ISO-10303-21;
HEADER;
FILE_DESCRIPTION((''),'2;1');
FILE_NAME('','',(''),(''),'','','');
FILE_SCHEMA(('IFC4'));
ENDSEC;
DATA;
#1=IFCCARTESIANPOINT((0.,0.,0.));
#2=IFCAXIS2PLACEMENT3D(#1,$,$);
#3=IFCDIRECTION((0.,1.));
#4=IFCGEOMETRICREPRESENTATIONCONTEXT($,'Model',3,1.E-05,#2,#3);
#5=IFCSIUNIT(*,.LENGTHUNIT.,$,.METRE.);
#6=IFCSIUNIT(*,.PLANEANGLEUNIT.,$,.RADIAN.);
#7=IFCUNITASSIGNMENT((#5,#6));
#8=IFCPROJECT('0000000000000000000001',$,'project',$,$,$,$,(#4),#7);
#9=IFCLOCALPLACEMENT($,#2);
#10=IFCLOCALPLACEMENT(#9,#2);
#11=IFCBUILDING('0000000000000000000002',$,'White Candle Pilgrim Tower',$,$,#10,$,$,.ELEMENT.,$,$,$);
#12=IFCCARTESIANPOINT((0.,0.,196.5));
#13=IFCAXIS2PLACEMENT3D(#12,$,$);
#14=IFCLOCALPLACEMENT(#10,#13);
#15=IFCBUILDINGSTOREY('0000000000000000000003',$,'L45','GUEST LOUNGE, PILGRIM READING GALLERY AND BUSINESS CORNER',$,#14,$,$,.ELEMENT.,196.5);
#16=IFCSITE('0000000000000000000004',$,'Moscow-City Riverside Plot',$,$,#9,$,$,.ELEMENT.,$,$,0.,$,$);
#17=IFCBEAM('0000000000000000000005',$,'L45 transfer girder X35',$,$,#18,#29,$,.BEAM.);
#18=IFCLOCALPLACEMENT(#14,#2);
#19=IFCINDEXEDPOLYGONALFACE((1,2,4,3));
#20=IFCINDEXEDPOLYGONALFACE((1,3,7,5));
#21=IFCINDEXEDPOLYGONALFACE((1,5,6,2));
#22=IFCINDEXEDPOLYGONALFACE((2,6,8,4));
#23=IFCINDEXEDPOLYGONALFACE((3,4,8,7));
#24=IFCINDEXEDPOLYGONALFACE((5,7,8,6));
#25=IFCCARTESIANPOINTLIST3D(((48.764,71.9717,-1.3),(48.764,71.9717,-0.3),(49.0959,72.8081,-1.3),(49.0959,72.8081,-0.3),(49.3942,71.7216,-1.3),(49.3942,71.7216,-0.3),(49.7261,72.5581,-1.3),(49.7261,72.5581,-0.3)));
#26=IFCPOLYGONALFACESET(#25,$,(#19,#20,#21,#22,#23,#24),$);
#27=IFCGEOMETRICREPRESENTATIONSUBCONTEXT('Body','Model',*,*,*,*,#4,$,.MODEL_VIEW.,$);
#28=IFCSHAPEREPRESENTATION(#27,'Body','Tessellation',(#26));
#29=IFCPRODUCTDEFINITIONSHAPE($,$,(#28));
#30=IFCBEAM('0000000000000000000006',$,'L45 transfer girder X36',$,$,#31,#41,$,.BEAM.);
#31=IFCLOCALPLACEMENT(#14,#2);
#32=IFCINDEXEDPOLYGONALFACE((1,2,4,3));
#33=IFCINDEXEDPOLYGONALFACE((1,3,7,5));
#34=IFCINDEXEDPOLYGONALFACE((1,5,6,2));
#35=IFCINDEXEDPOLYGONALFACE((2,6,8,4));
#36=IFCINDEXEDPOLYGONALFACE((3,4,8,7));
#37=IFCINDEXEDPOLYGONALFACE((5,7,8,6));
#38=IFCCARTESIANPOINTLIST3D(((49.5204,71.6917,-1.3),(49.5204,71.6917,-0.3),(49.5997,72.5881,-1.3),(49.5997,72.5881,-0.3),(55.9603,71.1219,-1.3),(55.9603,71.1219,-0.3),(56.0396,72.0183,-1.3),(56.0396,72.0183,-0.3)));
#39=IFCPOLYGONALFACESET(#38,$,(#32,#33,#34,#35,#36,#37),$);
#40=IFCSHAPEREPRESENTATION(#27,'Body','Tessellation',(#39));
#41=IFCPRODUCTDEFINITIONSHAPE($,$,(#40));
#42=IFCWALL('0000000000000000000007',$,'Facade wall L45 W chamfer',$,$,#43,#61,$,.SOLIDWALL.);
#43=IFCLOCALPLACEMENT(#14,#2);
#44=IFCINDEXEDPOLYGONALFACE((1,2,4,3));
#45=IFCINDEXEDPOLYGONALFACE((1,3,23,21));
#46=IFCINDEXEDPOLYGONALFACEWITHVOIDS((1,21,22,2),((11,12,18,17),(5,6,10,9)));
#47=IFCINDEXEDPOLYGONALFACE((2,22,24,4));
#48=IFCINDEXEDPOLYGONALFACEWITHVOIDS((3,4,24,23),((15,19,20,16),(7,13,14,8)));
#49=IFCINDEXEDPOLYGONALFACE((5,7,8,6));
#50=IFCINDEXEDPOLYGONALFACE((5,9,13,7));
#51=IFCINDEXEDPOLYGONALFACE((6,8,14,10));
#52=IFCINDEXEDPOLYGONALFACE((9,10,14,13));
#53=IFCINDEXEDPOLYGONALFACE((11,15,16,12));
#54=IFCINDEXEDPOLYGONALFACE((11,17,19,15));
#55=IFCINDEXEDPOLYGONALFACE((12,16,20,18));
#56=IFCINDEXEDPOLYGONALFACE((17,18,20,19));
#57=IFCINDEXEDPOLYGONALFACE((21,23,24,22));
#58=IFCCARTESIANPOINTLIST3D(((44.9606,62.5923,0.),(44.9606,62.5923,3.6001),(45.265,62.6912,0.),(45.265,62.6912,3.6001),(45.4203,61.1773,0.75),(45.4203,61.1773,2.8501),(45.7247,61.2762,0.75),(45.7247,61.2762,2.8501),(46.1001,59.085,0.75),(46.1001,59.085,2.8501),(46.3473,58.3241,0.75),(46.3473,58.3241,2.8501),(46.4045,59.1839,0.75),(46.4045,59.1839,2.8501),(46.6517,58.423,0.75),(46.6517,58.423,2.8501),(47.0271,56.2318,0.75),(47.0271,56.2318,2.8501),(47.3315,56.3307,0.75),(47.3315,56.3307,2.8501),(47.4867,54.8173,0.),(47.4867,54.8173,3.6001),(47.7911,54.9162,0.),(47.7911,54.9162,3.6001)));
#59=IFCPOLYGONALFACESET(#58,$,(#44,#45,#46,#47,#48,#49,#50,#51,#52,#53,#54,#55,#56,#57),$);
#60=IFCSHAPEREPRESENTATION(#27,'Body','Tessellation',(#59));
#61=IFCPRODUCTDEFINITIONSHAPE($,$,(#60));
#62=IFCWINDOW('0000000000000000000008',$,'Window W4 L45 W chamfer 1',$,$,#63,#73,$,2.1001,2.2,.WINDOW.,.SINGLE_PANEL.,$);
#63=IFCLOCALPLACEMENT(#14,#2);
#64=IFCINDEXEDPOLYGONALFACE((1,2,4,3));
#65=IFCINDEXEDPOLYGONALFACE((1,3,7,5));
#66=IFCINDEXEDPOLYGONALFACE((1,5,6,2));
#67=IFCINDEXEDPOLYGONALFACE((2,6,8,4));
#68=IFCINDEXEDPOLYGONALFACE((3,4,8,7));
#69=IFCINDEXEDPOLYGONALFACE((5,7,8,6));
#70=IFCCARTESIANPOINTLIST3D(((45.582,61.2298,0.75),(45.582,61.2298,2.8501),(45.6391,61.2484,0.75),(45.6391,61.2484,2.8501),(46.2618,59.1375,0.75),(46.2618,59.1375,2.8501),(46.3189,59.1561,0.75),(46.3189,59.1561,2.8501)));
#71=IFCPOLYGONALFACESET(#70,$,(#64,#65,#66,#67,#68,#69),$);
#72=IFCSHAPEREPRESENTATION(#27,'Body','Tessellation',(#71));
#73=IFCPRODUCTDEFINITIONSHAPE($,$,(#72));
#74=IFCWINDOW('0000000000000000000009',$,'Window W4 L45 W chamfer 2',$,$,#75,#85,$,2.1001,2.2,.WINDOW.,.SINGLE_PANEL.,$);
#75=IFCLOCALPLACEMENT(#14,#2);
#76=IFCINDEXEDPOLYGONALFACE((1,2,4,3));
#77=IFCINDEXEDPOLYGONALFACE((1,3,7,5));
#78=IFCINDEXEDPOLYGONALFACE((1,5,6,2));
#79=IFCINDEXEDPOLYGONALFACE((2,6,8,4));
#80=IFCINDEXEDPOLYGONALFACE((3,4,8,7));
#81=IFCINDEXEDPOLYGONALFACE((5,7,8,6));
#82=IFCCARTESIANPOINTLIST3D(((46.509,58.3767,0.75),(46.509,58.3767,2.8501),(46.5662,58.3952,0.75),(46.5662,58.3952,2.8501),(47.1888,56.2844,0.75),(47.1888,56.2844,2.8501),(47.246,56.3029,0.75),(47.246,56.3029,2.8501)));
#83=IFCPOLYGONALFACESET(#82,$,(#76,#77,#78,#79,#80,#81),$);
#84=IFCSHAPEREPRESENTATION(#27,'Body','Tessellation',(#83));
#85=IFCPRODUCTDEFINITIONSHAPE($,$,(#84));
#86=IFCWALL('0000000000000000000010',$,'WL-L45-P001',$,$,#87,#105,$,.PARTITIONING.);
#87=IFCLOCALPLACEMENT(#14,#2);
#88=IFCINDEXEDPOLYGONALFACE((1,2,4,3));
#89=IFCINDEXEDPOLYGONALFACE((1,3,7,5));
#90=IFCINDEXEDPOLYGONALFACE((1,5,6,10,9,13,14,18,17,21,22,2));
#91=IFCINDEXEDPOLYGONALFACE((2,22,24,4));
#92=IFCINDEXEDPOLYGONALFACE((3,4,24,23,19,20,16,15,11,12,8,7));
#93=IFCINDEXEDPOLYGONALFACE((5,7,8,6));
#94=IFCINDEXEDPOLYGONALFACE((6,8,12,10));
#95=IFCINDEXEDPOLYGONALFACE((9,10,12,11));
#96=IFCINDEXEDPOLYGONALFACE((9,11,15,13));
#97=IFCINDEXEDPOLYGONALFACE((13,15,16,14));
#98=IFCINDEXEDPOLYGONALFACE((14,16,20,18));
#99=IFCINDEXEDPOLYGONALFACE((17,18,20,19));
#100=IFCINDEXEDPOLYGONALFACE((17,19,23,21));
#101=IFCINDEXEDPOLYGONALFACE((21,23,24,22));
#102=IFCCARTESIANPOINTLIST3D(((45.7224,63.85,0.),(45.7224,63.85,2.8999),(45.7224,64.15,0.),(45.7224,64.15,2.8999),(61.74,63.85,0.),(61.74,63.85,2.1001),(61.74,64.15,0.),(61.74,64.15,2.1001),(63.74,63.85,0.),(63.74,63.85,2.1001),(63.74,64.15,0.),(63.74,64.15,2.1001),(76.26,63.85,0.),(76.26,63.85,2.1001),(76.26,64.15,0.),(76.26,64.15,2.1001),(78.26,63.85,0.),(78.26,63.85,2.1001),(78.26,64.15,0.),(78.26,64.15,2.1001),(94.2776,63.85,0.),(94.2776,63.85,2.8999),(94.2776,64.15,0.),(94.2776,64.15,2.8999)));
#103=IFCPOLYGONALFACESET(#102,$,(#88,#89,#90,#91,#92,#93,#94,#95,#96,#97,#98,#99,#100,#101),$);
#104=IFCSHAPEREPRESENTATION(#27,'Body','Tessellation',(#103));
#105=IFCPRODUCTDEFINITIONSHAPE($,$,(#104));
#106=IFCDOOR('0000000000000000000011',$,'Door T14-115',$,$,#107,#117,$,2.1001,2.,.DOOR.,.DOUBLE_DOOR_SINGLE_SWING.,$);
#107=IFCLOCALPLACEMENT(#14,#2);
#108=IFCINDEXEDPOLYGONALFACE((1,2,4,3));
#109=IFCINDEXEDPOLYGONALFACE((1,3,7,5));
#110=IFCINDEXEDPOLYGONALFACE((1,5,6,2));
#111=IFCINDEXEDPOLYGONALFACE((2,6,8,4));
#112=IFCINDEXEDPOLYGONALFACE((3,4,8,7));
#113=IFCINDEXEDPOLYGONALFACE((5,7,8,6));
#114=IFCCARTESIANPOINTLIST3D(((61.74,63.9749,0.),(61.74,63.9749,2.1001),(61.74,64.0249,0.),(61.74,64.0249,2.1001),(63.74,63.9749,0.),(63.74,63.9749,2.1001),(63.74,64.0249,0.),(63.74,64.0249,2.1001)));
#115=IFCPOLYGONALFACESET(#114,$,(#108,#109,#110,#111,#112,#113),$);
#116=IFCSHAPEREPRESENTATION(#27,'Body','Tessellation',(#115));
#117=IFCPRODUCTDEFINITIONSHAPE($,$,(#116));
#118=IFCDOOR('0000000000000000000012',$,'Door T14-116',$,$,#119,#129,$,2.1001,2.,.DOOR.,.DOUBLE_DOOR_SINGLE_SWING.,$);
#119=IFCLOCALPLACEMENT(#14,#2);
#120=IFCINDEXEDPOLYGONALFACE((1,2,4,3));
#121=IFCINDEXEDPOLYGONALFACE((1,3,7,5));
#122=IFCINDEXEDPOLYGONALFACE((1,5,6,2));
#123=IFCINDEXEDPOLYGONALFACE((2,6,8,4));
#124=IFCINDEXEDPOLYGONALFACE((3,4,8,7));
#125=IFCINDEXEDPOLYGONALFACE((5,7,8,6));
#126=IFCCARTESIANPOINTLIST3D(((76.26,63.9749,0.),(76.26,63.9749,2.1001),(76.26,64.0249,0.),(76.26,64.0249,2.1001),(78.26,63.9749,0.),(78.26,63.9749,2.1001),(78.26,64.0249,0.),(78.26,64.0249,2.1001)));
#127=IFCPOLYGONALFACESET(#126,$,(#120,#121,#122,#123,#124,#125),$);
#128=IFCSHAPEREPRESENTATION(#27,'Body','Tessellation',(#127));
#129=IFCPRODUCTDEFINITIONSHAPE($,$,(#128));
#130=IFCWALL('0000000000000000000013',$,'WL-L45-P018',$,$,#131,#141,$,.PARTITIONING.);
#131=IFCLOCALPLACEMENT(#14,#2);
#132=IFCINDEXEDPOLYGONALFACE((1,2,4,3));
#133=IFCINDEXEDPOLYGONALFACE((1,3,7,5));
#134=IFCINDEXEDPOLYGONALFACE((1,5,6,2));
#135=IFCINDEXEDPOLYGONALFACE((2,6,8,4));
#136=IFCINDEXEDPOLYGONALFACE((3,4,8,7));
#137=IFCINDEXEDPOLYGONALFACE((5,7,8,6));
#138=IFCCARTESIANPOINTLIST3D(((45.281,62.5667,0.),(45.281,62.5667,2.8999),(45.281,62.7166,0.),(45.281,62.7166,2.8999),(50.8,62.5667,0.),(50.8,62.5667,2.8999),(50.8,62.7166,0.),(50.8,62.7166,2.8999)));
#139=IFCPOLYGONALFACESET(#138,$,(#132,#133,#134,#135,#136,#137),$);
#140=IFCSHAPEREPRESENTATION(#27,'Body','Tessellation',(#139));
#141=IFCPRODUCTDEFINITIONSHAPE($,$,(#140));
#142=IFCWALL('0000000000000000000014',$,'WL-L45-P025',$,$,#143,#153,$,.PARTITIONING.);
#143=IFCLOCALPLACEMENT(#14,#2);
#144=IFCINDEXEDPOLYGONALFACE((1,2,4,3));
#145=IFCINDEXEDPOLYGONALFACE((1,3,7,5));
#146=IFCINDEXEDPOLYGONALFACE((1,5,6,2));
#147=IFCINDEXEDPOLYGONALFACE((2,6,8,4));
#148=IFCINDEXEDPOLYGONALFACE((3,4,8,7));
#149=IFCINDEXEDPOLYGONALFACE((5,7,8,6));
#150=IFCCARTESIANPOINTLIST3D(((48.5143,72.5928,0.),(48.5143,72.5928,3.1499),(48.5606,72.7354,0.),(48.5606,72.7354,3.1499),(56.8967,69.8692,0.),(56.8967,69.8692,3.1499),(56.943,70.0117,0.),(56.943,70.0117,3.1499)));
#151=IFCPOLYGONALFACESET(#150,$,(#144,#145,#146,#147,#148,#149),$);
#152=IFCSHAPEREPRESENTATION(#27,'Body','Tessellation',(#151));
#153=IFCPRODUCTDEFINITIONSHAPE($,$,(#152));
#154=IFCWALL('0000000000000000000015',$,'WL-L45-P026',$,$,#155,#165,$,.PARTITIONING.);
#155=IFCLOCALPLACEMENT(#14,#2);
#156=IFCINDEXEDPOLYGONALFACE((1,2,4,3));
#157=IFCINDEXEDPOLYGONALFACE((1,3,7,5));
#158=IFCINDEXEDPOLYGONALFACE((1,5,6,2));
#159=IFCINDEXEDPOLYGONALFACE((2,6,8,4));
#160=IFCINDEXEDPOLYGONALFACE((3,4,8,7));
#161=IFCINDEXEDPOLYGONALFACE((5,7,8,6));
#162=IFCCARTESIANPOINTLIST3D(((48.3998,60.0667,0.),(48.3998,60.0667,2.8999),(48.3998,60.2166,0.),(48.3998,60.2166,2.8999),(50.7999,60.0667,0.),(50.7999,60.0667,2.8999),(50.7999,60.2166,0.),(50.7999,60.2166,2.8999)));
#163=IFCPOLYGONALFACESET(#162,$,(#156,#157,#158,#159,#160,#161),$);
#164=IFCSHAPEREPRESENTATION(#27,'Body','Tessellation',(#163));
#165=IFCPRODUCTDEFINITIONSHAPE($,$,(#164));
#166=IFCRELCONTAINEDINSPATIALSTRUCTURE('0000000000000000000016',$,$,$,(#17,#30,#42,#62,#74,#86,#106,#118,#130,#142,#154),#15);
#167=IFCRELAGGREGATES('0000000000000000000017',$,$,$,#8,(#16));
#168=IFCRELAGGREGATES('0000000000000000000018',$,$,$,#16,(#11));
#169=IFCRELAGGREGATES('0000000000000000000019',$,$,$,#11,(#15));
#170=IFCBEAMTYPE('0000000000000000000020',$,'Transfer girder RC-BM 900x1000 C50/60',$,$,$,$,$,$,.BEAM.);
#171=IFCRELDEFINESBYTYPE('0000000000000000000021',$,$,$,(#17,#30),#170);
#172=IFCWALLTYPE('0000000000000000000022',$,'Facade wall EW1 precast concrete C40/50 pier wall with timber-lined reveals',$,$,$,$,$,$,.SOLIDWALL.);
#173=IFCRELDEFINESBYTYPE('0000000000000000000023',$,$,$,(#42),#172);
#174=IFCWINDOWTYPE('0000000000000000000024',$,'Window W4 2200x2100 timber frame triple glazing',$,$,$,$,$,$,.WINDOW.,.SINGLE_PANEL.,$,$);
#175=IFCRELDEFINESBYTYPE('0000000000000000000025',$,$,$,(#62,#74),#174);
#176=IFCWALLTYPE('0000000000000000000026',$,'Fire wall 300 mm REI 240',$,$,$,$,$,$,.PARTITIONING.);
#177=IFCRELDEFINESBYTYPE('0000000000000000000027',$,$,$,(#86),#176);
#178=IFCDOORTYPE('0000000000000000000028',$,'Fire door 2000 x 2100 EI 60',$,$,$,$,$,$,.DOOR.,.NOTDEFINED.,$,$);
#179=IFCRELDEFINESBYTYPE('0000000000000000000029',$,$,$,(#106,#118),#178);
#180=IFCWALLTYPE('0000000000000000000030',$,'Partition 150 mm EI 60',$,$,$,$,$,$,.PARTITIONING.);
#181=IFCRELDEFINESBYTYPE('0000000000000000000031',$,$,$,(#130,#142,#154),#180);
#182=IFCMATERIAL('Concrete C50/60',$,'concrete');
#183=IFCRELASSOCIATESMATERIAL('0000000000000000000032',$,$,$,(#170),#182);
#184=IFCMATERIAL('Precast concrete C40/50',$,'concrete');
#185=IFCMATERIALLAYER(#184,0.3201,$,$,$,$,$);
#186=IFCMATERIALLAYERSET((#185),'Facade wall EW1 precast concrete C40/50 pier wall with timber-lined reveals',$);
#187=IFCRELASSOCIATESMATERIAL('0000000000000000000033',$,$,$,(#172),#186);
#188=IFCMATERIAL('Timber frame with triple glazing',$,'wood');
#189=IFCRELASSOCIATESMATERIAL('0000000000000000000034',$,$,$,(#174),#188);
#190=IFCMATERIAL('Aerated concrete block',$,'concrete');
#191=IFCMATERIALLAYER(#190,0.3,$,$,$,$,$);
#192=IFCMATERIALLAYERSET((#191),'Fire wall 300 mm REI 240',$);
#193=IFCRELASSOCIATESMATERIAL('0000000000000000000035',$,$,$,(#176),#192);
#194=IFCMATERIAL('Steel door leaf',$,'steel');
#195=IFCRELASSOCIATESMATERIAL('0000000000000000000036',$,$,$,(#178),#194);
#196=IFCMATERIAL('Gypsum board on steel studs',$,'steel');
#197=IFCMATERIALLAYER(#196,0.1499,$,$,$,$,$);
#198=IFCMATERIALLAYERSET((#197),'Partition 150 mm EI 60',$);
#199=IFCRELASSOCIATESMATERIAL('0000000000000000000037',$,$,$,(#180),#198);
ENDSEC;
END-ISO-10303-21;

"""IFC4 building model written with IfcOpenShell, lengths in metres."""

from ifc_helpers import new_model, si_unit, direction, frame, frame_2d, origin, origin_2d, place, context, subcontext, project, spatial, rectangle, extrude, material, layer, layer_set, material_profile, profile_set, type_object, element, fill, save


model = new_model("IFC4")

# Units and contexts
model_context = context("Model", 3, precision=1e-05, world=origin(), true_north=direction((0.0, 1.0)))
body_context = subcontext(model_context, "Body", "Model", "MODEL_VIEW")
ifc_project = project(units=[si_unit("LENGTHUNIT", "METRE"), si_unit("PLANEANGLEUNIT", "RADIAN")], contexts=[model_context])

# Site, building, storey
site_placement = place(None, origin())
site = spatial("IfcSite", under=ifc_project, at=site_placement, Name="Moscow-City Riverside Plot", CompositionType="ELEMENT", RefElevation=0.0)
building_placement = place(site_placement, origin())
building = spatial("IfcBuilding", under=site, at=building_placement, Name="White Candle Pilgrim Tower", CompositionType="ELEMENT")
storey_placement = place(building_placement, frame((0.0, 0.0, 196.5)))
storey = spatial("IfcBuildingStorey", under=building, at=storey_placement, Name="L45", Description="GUEST LOUNGE, PILGRIM READING GALLERY AND BUSINESS CORNER", CompositionType="ELEMENT", Elevation=196.5)

# Beams
ifc_material_1 = material(Name="Concrete C50/60", Category="concrete")
ifc_material_profile_1 = material_profile(ifc_material_1, rectangle(XDim=0.8999, YDim=1.0, at=origin_2d()), Name="RC-BM 900x1000")
ifc_profile_set_1 = profile_set([ifc_material_profile_1], Name="Concrete C50/60")
beam_type_1 = type_object("IfcBeamType", Name="Transfer girder RC-BM 900x1000 C50/60", PredefinedType="BEAM", material=ifc_profile_set_1)
beam_1_placement = place(storey_placement, frame((48.9299, 72.3899, -0.8), z_axis=(0.929516, -0.368781, 0.0), x_axis=(0.368781, 0.929516, 0.0)))
element("IfcBeam", 1, at=beam_1_placement, inside=storey, type_object=beam_type_1, Name="L45 transfer girder X35", PredefinedType="BEAM", context=body_context, shape_type="SweptSolid", body=[
    extrude(rectangle(XDim=0.8999, YDim=1.0, at=origin_2d()), origin(), (0.0, 0.0, 1.0), 0.678),
])
beam_2_placement = place(storey_placement, frame((49.5601, 72.1399, -0.8), z_axis=(0.996108, -0.088138, 0.0), x_axis=(0.088138, 0.996108, 0.0)))
element("IfcBeam", 2, at=beam_2_placement, inside=storey, type_object=beam_type_1, Name="L45 transfer girder X36", PredefinedType="BEAM", context=body_context, shape_type="SweptSolid", body=[
    extrude(rectangle(XDim=0.8999, YDim=1.0, at=origin_2d()), origin(), (0.0, 0.0, 1.0), 6.4651),
])

# Wall, openings, windows
ifc_material_2 = material(Name="Precast concrete C40/50", Category="concrete")
ifc_layer_1 = layer(ifc_material_2, 0.3201)
ifc_layer_set_1 = layer_set([ifc_layer_1], Name="Facade wall EW1 precast concrete C40/50 pier wall with timber-lined reveals")
wall_type_1 = type_object("IfcWallType", Name="Facade wall EW1 precast concrete C40/50 pier wall with timber-lined reveals", PredefinedType="SOLIDWALL", material=ifc_layer_set_1)
wall_1_placement = place(storey_placement, frame((45.1128, 62.6416, 0.0), z_axis=(0.0, 0.0, 1.0), x_axis=(0.309006, -0.95106, 0.0)))
wall_1 = element("IfcWall", 3, at=wall_1_placement, inside=storey, type_object=wall_type_1, Name="Facade wall L45 W chamfer", PredefinedType="SOLIDWALL", context=body_context, shape_type="SweptSolid", body=[
    extrude(rectangle(XDim=8.175, YDim=0.3201, at=frame_2d((4.0874, 0.0))), origin(), (0.0, 0.0, 1.0), 3.6001),
])
opening_1_placement = place(wall_1_placement, frame((1.4875, 0.0, 0.75)))
opening_1 = element("IfcOpeningElement", 4, at=opening_1_placement, cuts=wall_1, PredefinedType="OPENING", context=body_context, shape_type="SweptSolid", body=[
    extrude(rectangle(XDim=2.2, YDim=2.1001, at=frame_2d((1.1001, 1.05))), frame((0.0, 0.1699, 0.0), z_axis=(0.0, -1.0, 0.0), x_axis=(1.0, 0.0, 0.0)), (0.0, 0.0, 1.0), 0.3401),
])
opening_2_placement = place(wall_1_placement, frame((4.4875, 0.0, 0.75)))
opening_2 = element("IfcOpeningElement", 5, at=opening_2_placement, cuts=wall_1, PredefinedType="OPENING", context=body_context, shape_type="SweptSolid", body=[
    extrude(rectangle(XDim=2.2, YDim=2.1001, at=frame_2d((1.1001, 1.05))), frame((0.0, 0.1699, 0.0), z_axis=(0.0, -1.0, 0.0), x_axis=(1.0, 0.0, 0.0)), (0.0, 0.0, 1.0), 0.3401),
])
ifc_material_3 = material(Name="Timber frame with triple glazing", Category="wood")
window_type = type_object("IfcWindowType", Name="Window W4 2200x2100 timber frame triple glazing", PartitioningType="SINGLE_PANEL", PredefinedType="WINDOW", material=ifc_material_3)
window_1_placement = place(opening_1_placement, origin())
window_1 = element("IfcWindow", 6, at=window_1_placement, inside=storey, type_object=window_type, Name="Window W4 L45 W chamfer 1", OverallHeight=2.1001, OverallWidth=2.2, PartitioningType="SINGLE_PANEL", PredefinedType="WINDOW", context=body_context, shape_type="SweptSolid", body=[
    extrude(rectangle(XDim=2.2, YDim=2.1001, at=frame_2d((1.1001, 1.05))), frame((0.0, 0.0701, 0.0), z_axis=(0.0, -1.0, 0.0), x_axis=(1.0, 0.0, 0.0)), (0.0, 0.0, 1.0), 0.0601),
])
fill(opening_1, window_1)
window_2_placement = place(opening_2_placement, origin())
window_2 = element("IfcWindow", 7, at=window_2_placement, inside=storey, type_object=window_type, Name="Window W4 L45 W chamfer 2", OverallHeight=2.1001, OverallWidth=2.2, PartitioningType="SINGLE_PANEL", PredefinedType="WINDOW", context=body_context, shape_type="SweptSolid", body=[
    extrude(rectangle(XDim=2.2, YDim=2.1001, at=frame_2d((1.1001, 1.05))), frame((0.0, 0.0701, 0.0), z_axis=(0.0, -1.0, 0.0), x_axis=(1.0, 0.0, 0.0)), (0.0, 0.0, 1.0), 0.0601),
])
fill(opening_2, window_2)

# Wall, openings, doors
ifc_material_4 = material(Name="Aerated concrete block", Category="concrete")
ifc_layer_2 = layer(ifc_material_4, 0.3)
ifc_layer_set_2 = layer_set([ifc_layer_2], Name="Fire wall 300 mm REI 240")
wall_type_2 = type_object("IfcWallType", Name="Fire wall 300 mm REI 240", PredefinedType="PARTITIONING", material=ifc_layer_set_2)
wall_2_placement = place(storey_placement, frame((45.7224, 64.0, 0.0), z_axis=(0.0, 0.0, 1.0), x_axis=(1.0, 0.0, 0.0)))
wall_2 = element("IfcWall", 8, at=wall_2_placement, inside=storey, type_object=wall_type_2, Name="WL-L45-P001", PredefinedType="PARTITIONING", context=body_context, shape_type="SweptSolid", body=[
    extrude(rectangle(XDim=48.5552, YDim=0.3, at=frame_2d((24.2776, 0.0))), origin(), (0.0, 0.0, 1.0), 2.8999),
])
opening_3_placement = place(wall_2_placement, frame((16.0176, 0.0, 0.0)))
opening_3 = element("IfcOpeningElement", 9, at=opening_3_placement, cuts=wall_2, PredefinedType="OPENING", context=body_context, shape_type="SweptSolid", body=[
    extrude(rectangle(XDim=2.0, YDim=2.1001, at=frame_2d((1.0, 1.05))), frame((0.0, 0.1599, 0.0), z_axis=(0.0, -1.0, 0.0), x_axis=(1.0, 0.0, 0.0)), (0.0, 0.0, 1.0), 0.3201),
])
opening_4_placement = place(wall_2_placement, frame((30.5376, 0.0, 0.0)))
opening_4 = element("IfcOpeningElement", 10, at=opening_4_placement, cuts=wall_2, PredefinedType="OPENING", context=body_context, shape_type="SweptSolid", body=[
    extrude(rectangle(XDim=2.0, YDim=2.1001, at=frame_2d((1.0, 1.05))), frame((0.0, 0.1599, 0.0), z_axis=(0.0, -1.0, 0.0), x_axis=(1.0, 0.0, 0.0)), (0.0, 0.0, 1.0), 0.3201),
])
ifc_material_5 = material(Name="Steel door leaf", Category="steel")
door_type_1 = type_object("IfcDoorType", Name="Fire door 2000 x 2100 EI 60", OperationType="NOTDEFINED", PredefinedType="DOOR", material=ifc_material_5)
door_1_placement = place(opening_3_placement, origin())
door_1 = element("IfcDoor", 11, at=door_1_placement, inside=storey, type_object=door_type_1, Name="Door T14-115", OperationType="DOUBLE_DOOR_SINGLE_SWING", OverallHeight=2.1001, OverallWidth=2.0, PredefinedType="DOOR", context=body_context, shape_type="SweptSolid", body=[
    extrude(rectangle(XDim=2.0, YDim=2.1001, at=frame_2d((1.0, 1.05))), frame((0.0, 0.0249, 0.0), z_axis=(0.0, -1.0, 0.0), x_axis=(1.0, 0.0, 0.0)), (0.0, 0.0, 1.0), 0.05),
])
fill(opening_3, door_1)
door_2_placement = place(opening_4_placement, origin())
door_2 = element("IfcDoor", 12, at=door_2_placement, inside=storey, type_object=door_type_1, Name="Door T14-116", OperationType="DOUBLE_DOOR_SINGLE_SWING", OverallHeight=2.1001, OverallWidth=2.0, PredefinedType="DOOR", context=body_context, shape_type="SweptSolid", body=[
    extrude(rectangle(XDim=2.0, YDim=2.1001, at=frame_2d((1.0, 1.05))), frame((0.0, 0.0249, 0.0), z_axis=(0.0, -1.0, 0.0), x_axis=(1.0, 0.0, 0.0)), (0.0, 0.0, 1.0), 0.05),
])
fill(opening_4, door_2)

# Walls
ifc_material_6 = material(Name="Gypsum board on steel studs", Category="steel")
ifc_layer_3 = layer(ifc_material_6, 0.1499)
ifc_layer_set_3 = layer_set([ifc_layer_3], Name="Partition 150 mm EI 60")
wall_type_3 = type_object("IfcWallType", Name="Partition 150 mm EI 60", PredefinedType="PARTITIONING", material=ifc_layer_set_3)
wall_3_placement = place(storey_placement, frame((45.281, 62.6416, 0.0), z_axis=(0.0, 0.0, 1.0), x_axis=(1.0, 0.0, 0.0)))
element("IfcWall", 13, at=wall_3_placement, inside=storey, type_object=wall_type_3, Name="WL-L45-P018", PredefinedType="PARTITIONING", context=body_context, shape_type="SweptSolid", body=[
    extrude(rectangle(XDim=5.519, YDim=0.1499, at=frame_2d((2.7595, 0.0))), origin(), (0.0, 0.0, 1.0), 2.8999),
])
wall_4_placement = place(storey_placement, frame((48.5376, 72.6641, 0.0), z_axis=(0.0, 0.0, 1.0), x_axis=(0.951055, -0.309022, 0.0)))
element("IfcWall", 14, at=wall_4_placement, inside=storey, type_object=wall_type_3, Name="WL-L45-P025", PredefinedType="PARTITIONING", context=body_context, shape_type="SweptSolid", body=[
    extrude(rectangle(XDim=8.8137, YDim=0.1499, at=frame_2d((4.4067, 0.0))), origin(), (0.0, 0.0, 1.0), 3.1499),
])
wall_5_placement = place(storey_placement, frame((50.8, 60.1416, 0.0), z_axis=(0.0, 0.0, 1.0), x_axis=(-1.0, 0.0, 0.0)))
element("IfcWall", 15, at=wall_5_placement, inside=storey, type_object=wall_type_3, Name="WL-L45-P026", PredefinedType="PARTITIONING", context=body_context, shape_type="SweptSolid", body=[
    extrude(rectangle(XDim=2.4001, YDim=0.1499, at=frame_2d((1.2002, 0.0))), origin(), (0.0, 0.0, 1.0), 2.8999),
])

save(model, "model.ifc")
